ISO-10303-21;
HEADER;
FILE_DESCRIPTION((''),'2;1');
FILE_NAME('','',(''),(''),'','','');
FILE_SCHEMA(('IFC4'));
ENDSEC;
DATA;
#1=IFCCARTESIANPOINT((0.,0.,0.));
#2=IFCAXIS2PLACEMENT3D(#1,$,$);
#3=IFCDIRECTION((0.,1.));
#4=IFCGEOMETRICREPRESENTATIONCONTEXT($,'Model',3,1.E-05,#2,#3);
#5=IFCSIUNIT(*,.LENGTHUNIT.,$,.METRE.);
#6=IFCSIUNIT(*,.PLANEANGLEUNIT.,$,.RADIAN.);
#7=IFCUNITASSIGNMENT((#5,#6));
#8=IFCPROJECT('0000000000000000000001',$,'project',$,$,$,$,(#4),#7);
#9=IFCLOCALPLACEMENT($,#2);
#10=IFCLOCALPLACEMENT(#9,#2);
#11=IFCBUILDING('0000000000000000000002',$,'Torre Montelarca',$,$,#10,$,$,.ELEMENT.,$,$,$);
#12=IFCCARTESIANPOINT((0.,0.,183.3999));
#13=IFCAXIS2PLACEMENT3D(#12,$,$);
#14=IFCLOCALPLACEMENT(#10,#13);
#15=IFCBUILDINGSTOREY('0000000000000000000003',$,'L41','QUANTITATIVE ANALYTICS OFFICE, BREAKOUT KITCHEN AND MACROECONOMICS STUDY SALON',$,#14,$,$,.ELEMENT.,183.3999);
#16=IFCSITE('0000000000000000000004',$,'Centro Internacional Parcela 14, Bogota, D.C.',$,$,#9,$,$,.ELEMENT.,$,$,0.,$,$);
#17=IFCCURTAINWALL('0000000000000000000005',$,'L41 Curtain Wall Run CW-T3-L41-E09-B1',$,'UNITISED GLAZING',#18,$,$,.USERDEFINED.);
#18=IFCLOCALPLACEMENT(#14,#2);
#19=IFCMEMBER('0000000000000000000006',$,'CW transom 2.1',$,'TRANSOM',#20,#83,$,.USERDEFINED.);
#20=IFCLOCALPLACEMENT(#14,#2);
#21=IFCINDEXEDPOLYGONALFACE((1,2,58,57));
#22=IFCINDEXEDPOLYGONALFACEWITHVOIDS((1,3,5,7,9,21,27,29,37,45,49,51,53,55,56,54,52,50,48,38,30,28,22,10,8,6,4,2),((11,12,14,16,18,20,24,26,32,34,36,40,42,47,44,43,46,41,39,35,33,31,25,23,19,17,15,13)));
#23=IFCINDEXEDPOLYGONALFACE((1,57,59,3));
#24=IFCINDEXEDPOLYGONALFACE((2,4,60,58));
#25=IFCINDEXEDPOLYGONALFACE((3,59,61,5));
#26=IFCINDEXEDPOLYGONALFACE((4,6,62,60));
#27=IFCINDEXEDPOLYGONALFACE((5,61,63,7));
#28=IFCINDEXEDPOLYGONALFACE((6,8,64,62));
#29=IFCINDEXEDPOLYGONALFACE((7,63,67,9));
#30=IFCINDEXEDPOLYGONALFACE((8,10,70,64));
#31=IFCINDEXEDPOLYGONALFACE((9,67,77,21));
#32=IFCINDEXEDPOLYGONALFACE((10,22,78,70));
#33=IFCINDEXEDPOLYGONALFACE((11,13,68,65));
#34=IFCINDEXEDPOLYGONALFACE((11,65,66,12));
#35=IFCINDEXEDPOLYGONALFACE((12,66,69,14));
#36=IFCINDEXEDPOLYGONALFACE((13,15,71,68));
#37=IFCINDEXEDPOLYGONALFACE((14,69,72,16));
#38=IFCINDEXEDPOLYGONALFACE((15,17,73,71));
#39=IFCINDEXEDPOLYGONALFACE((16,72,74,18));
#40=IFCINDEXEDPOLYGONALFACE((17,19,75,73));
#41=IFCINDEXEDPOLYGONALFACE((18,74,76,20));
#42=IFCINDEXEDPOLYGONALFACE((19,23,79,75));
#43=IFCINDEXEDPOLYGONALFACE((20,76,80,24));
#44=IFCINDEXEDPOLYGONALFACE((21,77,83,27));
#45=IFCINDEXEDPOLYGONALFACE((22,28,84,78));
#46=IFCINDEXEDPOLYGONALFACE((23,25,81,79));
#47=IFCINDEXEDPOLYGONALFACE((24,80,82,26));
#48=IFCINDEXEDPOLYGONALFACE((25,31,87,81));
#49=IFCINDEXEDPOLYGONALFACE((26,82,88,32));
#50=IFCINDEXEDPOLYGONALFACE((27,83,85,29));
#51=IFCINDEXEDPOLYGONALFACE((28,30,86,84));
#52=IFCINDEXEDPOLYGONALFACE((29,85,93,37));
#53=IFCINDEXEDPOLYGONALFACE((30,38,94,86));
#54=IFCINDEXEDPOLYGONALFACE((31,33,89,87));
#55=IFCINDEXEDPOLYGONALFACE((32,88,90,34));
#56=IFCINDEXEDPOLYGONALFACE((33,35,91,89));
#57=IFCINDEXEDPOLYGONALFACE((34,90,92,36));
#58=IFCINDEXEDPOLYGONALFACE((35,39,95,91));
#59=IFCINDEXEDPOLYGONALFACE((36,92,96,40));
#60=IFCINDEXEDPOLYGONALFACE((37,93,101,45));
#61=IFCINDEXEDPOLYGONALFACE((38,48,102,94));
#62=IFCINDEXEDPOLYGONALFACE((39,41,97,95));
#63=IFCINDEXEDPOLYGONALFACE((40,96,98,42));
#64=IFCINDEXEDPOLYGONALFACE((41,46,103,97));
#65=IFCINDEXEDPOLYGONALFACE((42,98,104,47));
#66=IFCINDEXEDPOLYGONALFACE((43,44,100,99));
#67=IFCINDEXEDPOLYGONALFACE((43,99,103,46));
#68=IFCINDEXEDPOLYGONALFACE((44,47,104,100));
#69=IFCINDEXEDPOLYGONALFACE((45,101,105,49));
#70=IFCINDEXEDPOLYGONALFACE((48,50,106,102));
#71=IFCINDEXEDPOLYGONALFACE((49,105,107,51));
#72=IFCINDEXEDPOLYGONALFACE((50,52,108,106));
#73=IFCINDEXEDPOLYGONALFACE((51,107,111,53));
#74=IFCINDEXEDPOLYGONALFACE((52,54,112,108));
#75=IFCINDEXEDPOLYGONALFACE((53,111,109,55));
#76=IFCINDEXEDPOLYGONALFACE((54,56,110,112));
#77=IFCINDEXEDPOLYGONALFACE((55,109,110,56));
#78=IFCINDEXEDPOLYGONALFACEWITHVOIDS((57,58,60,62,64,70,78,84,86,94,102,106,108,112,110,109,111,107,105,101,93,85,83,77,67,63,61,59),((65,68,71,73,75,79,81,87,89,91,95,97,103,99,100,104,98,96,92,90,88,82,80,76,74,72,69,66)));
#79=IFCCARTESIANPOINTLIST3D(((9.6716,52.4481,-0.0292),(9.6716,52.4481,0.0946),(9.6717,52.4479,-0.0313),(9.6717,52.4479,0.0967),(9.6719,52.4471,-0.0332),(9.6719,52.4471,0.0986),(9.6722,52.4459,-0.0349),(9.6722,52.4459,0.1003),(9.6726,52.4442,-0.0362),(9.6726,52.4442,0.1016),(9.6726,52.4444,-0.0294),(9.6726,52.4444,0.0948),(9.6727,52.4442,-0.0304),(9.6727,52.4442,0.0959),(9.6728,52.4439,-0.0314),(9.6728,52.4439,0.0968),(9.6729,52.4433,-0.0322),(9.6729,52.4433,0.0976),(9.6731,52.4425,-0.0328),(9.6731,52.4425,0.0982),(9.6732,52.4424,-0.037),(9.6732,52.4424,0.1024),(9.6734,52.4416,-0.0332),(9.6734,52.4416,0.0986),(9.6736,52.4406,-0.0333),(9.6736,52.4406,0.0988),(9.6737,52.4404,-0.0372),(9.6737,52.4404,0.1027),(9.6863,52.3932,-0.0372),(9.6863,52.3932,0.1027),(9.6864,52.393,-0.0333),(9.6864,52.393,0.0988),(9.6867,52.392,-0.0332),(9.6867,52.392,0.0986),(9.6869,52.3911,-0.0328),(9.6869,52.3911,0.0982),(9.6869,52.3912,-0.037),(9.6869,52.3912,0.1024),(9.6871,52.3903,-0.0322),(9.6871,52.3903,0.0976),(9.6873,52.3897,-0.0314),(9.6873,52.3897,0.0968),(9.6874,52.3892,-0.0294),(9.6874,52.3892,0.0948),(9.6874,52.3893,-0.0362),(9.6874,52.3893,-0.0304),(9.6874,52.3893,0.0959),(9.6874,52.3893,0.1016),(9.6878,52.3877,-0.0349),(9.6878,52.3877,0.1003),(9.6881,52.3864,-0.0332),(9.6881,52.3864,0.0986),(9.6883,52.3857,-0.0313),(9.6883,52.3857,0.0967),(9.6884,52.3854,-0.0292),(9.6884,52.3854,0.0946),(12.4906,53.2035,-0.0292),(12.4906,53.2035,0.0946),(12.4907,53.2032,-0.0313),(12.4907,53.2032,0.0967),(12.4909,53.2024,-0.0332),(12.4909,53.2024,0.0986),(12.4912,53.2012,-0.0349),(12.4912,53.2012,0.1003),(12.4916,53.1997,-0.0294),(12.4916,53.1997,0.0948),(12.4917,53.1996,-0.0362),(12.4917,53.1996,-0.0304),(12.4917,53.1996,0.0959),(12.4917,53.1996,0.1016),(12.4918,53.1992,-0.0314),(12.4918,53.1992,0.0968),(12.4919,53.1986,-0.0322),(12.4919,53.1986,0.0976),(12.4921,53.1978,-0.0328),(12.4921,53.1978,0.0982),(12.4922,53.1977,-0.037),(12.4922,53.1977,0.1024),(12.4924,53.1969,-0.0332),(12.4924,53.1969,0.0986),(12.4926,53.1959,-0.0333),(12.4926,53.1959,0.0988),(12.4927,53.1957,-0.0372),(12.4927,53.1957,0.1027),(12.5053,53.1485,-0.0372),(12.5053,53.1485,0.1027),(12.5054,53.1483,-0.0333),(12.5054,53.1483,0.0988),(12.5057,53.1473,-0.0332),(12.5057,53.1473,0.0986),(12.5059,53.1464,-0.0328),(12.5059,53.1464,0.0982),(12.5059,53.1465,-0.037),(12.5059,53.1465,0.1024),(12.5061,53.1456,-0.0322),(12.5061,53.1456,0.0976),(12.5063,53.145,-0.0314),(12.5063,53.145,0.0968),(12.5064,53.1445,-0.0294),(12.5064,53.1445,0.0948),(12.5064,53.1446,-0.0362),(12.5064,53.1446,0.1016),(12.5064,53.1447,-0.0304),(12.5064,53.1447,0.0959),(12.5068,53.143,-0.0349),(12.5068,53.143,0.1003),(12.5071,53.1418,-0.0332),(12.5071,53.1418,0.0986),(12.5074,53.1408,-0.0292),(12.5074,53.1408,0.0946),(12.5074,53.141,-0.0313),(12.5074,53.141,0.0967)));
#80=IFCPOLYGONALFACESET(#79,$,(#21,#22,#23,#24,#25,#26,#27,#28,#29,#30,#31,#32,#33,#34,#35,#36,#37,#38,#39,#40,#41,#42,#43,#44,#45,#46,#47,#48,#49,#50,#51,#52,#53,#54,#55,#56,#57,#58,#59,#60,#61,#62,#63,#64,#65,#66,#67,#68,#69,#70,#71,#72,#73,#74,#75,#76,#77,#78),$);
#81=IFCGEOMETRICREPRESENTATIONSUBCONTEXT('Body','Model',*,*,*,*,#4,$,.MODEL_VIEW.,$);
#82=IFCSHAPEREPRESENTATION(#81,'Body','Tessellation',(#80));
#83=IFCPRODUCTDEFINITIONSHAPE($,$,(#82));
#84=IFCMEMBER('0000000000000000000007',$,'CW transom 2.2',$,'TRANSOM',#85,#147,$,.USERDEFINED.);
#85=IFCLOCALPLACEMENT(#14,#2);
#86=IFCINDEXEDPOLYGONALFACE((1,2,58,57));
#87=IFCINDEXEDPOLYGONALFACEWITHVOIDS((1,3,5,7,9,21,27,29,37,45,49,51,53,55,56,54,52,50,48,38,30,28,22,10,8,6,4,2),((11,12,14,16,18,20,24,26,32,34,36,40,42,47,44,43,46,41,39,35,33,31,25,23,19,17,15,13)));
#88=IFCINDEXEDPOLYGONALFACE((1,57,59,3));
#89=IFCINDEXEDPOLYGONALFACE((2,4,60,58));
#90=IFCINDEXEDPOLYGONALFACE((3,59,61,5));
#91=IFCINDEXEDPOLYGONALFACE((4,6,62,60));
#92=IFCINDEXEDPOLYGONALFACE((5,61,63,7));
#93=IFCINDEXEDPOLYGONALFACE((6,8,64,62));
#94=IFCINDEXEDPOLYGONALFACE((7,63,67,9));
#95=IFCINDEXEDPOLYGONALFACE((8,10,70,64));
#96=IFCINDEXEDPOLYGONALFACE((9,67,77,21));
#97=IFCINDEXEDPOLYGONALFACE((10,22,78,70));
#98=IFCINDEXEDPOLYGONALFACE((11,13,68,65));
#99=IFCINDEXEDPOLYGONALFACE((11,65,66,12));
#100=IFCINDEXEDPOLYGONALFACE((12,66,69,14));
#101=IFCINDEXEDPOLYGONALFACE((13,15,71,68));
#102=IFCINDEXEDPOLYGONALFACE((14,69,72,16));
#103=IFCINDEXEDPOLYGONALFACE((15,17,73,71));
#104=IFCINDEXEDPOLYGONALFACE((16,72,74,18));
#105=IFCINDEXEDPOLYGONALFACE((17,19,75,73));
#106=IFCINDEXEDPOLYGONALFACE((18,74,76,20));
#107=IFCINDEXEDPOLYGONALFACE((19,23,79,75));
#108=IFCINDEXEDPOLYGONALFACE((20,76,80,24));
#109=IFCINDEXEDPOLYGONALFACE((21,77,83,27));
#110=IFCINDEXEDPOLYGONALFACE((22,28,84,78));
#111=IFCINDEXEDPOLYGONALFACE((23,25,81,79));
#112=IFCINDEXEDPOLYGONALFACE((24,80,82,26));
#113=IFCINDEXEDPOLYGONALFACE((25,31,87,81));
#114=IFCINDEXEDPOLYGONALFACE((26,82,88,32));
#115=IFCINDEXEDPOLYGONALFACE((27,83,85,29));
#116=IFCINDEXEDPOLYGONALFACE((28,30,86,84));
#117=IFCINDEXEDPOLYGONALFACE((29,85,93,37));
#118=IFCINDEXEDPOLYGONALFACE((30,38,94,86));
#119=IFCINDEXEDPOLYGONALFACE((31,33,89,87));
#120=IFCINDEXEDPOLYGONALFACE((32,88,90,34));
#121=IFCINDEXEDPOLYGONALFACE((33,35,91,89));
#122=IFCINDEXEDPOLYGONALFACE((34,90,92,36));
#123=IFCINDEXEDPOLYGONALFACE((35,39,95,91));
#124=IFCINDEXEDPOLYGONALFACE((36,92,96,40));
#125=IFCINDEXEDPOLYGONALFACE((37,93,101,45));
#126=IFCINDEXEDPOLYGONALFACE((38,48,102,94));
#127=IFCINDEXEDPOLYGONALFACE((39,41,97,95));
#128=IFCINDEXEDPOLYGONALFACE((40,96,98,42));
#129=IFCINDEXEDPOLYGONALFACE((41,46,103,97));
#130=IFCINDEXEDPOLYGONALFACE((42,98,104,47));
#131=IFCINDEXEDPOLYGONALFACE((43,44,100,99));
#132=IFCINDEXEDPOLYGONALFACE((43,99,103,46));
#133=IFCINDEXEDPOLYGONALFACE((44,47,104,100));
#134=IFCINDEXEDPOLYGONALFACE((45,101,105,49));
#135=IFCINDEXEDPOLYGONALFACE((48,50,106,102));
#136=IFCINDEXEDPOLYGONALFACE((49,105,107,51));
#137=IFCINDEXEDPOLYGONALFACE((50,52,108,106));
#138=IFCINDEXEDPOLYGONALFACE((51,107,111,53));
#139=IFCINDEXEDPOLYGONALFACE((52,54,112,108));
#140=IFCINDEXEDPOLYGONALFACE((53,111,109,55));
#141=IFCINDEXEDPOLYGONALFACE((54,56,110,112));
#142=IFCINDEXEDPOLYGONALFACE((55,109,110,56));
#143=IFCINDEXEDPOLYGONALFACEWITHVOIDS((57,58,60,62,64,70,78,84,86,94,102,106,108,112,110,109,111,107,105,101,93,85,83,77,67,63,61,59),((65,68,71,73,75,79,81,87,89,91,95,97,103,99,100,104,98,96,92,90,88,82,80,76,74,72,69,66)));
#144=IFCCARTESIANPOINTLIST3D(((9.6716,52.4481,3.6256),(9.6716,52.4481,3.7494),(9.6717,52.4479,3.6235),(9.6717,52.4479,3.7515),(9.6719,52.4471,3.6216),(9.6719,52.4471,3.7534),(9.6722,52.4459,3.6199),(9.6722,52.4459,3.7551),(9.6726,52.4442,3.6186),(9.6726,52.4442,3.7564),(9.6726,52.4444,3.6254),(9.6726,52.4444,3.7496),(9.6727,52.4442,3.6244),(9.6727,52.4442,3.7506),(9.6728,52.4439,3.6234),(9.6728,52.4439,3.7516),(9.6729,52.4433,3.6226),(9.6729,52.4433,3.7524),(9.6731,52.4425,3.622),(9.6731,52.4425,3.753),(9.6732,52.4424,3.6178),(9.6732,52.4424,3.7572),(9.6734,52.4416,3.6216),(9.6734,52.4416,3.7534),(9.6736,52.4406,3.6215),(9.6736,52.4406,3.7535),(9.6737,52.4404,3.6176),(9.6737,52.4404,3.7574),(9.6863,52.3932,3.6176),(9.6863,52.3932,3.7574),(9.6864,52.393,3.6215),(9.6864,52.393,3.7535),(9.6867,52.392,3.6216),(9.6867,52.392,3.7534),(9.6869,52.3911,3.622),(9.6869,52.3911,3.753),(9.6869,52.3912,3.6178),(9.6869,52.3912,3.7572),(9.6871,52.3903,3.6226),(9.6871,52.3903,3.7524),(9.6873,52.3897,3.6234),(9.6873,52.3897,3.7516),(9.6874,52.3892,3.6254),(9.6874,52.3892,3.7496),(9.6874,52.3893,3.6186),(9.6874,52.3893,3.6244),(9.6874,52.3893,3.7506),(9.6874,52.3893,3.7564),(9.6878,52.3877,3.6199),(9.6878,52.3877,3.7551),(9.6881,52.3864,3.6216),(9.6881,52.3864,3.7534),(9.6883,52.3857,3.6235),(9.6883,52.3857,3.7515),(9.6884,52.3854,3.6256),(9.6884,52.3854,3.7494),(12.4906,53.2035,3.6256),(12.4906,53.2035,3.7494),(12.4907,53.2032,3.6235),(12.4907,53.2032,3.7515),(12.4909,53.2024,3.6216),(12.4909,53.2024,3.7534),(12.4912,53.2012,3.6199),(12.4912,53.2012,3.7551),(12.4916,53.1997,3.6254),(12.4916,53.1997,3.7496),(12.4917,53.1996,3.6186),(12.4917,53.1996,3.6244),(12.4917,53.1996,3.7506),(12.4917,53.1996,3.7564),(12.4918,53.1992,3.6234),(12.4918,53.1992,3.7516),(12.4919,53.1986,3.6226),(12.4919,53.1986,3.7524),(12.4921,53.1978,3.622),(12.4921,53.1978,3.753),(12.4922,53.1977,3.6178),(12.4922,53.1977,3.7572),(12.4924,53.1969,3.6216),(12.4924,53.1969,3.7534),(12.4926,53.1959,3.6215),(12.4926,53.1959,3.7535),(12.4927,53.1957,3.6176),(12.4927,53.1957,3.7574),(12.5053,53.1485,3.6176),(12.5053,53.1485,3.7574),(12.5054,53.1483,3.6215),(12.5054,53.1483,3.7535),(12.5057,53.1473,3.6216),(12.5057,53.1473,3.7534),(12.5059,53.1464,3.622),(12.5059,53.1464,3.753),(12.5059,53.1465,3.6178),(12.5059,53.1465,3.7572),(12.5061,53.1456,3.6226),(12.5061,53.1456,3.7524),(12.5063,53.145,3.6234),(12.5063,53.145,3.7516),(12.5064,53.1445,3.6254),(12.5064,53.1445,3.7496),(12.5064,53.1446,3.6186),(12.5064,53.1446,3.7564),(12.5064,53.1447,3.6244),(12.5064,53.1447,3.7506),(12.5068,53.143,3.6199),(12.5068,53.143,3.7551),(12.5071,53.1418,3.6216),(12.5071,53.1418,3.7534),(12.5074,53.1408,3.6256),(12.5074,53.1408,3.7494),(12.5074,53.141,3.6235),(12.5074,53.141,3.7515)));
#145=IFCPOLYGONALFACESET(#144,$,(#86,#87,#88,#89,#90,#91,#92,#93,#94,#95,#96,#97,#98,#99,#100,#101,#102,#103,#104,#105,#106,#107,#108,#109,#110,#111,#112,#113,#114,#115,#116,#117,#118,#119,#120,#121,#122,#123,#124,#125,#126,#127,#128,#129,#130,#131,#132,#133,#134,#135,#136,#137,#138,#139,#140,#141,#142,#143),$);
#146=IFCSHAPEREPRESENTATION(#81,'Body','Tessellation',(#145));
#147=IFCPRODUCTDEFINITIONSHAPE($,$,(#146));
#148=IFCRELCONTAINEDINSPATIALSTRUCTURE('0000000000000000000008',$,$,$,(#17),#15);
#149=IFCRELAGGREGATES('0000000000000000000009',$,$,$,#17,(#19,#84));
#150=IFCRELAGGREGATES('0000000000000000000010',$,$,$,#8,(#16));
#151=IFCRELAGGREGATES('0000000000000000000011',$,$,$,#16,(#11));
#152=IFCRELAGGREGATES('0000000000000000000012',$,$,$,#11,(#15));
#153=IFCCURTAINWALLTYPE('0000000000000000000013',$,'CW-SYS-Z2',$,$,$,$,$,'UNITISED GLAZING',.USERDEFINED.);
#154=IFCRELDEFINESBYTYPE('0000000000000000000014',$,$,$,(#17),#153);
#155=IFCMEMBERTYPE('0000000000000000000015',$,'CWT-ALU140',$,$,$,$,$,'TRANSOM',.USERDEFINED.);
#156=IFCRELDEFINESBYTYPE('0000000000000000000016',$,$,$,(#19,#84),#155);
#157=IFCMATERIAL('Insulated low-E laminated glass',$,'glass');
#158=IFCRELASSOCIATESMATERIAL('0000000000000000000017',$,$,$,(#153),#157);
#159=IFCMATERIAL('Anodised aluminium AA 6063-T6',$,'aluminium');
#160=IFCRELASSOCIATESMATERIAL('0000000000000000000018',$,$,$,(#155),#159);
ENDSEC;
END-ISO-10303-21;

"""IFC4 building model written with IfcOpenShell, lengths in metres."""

from ifc_helpers import new_model, si_unit, direction, frame, origin, origin_2d, place, context, subcontext, project, spatial, hollow_rectangle, extrude, source, transform, mapped, material, material_profile, profile_set, type_object, element, aggregate, save


model = new_model("IFC4")

# Units and contexts
model_context = context("Model", 3, precision=1e-05, world=origin(), true_north=direction((0.0, 1.0)))
body_context = subcontext(model_context, "Body", "Model", "MODEL_VIEW")
ifc_project = project(units=[si_unit("LENGTHUNIT", "METRE"), si_unit("PLANEANGLEUNIT", "RADIAN")], contexts=[model_context])

# Site, building, storey
site_placement = place(None, origin())
site = spatial("IfcSite", under=ifc_project, at=site_placement, Name="Centro Internacional Parcela 14, Bogota, D.C.", CompositionType="ELEMENT", RefElevation=0.0)
building_placement = place(site_placement, origin())
building = spatial("IfcBuilding", under=site, at=building_placement, Name="Torre Montelarca", CompositionType="ELEMENT")
storey_placement = place(building_placement, frame((0.0, 0.0, 183.3999)))
storey = spatial("IfcBuildingStorey", under=building, at=storey_placement, Name="L41", Description="QUANTITATIVE ANALYTICS OFFICE, BREAKOUT KITCHEN AND MACROECONOMICS STUDY SALON", CompositionType="ELEMENT", Elevation=183.3999)

# Curtain wall, members
ifc_material_1 = material(Name="Insulated low-E laminated glass", Category="glass")
curtain_wall_type = type_object("IfcCurtainWallType", Name="CW-SYS-Z2", ElementType="UNITISED GLAZING", PredefinedType="USERDEFINED", material=ifc_material_1)
curtain_wall_1_placement = place(storey_placement, origin())
curtain_wall_1 = element("IfcCurtainWall", 1, at=curtain_wall_1_placement, inside=storey, type_object=curtain_wall_type, Name="L41 Curtain Wall Run CW-T3-L41-E09-B1", ObjectType="UNITISED GLAZING", PredefinedType="USERDEFINED")
ifc_material_2 = material(Name="Anodised aluminium AA 6063-T6", Category="aluminium")
ifc_material_profile_1 = material_profile(ifc_material_2, hollow_rectangle(XDim=0.0649, YDim=0.1399, WallThickness=0.0039, InnerFilletRadius=0.0039, OuterFilletRadius=0.0081, at=origin_2d()), Name="ALU65X140X4", Category="aluminium")
ifc_profile_set_1 = profile_set([ifc_material_profile_1], Name="Anodised aluminium AA 6063-T6")
member_type_1 = type_object("IfcMemberType", Name="CWT-ALU140", ElementType="TRANSOM", PredefinedType="USERDEFINED", material=ifc_profile_set_1)
shared_shape_1 = source(origin(), body_context, "Body", "SweptSolid", [
    extrude(hollow_rectangle(XDim=0.0649, YDim=0.1399, WallThickness=0.0039, InnerFilletRadius=0.0039, OuterFilletRadius=0.0081, at=origin_2d()), origin(), (0.0, 0.0, 1.0), 2.9185),
])
member_1_placement = place(storey_placement, frame((12.499, 53.1721, 0.0327), z_axis=(-0.965926, -0.258818, 0.0), x_axis=(0.258818, -0.965926, 0.0)))
member_1 = element("IfcMember", 2, at=member_1_placement, type_object=member_type_1, Name="CW transom 2.1", ObjectType="TRANSOM", PredefinedType="USERDEFINED", context=body_context, shape_type="MappedRepresentation", body=[
    mapped(shared_shape_1, transform((0.0, 0.0, 0.0), scale=1.0)),
])
member_2_placement = place(storey_placement, frame((12.499, 53.1721, 3.6875), z_axis=(-0.965926, -0.258818, 0.0), x_axis=(0.258818, -0.965926, 0.0)))
member_2 = element("IfcMember", 3, at=member_2_placement, type_object=member_type_1, Name="CW transom 2.2", ObjectType="TRANSOM", PredefinedType="USERDEFINED", context=body_context, shape_type="MappedRepresentation", body=[
    mapped(shared_shape_1, transform((0.0, 0.0, 0.0), scale=1.0)),
])

aggregate(curtain_wall_1, [member_1, member_2])

save(model, "model.ifc")
